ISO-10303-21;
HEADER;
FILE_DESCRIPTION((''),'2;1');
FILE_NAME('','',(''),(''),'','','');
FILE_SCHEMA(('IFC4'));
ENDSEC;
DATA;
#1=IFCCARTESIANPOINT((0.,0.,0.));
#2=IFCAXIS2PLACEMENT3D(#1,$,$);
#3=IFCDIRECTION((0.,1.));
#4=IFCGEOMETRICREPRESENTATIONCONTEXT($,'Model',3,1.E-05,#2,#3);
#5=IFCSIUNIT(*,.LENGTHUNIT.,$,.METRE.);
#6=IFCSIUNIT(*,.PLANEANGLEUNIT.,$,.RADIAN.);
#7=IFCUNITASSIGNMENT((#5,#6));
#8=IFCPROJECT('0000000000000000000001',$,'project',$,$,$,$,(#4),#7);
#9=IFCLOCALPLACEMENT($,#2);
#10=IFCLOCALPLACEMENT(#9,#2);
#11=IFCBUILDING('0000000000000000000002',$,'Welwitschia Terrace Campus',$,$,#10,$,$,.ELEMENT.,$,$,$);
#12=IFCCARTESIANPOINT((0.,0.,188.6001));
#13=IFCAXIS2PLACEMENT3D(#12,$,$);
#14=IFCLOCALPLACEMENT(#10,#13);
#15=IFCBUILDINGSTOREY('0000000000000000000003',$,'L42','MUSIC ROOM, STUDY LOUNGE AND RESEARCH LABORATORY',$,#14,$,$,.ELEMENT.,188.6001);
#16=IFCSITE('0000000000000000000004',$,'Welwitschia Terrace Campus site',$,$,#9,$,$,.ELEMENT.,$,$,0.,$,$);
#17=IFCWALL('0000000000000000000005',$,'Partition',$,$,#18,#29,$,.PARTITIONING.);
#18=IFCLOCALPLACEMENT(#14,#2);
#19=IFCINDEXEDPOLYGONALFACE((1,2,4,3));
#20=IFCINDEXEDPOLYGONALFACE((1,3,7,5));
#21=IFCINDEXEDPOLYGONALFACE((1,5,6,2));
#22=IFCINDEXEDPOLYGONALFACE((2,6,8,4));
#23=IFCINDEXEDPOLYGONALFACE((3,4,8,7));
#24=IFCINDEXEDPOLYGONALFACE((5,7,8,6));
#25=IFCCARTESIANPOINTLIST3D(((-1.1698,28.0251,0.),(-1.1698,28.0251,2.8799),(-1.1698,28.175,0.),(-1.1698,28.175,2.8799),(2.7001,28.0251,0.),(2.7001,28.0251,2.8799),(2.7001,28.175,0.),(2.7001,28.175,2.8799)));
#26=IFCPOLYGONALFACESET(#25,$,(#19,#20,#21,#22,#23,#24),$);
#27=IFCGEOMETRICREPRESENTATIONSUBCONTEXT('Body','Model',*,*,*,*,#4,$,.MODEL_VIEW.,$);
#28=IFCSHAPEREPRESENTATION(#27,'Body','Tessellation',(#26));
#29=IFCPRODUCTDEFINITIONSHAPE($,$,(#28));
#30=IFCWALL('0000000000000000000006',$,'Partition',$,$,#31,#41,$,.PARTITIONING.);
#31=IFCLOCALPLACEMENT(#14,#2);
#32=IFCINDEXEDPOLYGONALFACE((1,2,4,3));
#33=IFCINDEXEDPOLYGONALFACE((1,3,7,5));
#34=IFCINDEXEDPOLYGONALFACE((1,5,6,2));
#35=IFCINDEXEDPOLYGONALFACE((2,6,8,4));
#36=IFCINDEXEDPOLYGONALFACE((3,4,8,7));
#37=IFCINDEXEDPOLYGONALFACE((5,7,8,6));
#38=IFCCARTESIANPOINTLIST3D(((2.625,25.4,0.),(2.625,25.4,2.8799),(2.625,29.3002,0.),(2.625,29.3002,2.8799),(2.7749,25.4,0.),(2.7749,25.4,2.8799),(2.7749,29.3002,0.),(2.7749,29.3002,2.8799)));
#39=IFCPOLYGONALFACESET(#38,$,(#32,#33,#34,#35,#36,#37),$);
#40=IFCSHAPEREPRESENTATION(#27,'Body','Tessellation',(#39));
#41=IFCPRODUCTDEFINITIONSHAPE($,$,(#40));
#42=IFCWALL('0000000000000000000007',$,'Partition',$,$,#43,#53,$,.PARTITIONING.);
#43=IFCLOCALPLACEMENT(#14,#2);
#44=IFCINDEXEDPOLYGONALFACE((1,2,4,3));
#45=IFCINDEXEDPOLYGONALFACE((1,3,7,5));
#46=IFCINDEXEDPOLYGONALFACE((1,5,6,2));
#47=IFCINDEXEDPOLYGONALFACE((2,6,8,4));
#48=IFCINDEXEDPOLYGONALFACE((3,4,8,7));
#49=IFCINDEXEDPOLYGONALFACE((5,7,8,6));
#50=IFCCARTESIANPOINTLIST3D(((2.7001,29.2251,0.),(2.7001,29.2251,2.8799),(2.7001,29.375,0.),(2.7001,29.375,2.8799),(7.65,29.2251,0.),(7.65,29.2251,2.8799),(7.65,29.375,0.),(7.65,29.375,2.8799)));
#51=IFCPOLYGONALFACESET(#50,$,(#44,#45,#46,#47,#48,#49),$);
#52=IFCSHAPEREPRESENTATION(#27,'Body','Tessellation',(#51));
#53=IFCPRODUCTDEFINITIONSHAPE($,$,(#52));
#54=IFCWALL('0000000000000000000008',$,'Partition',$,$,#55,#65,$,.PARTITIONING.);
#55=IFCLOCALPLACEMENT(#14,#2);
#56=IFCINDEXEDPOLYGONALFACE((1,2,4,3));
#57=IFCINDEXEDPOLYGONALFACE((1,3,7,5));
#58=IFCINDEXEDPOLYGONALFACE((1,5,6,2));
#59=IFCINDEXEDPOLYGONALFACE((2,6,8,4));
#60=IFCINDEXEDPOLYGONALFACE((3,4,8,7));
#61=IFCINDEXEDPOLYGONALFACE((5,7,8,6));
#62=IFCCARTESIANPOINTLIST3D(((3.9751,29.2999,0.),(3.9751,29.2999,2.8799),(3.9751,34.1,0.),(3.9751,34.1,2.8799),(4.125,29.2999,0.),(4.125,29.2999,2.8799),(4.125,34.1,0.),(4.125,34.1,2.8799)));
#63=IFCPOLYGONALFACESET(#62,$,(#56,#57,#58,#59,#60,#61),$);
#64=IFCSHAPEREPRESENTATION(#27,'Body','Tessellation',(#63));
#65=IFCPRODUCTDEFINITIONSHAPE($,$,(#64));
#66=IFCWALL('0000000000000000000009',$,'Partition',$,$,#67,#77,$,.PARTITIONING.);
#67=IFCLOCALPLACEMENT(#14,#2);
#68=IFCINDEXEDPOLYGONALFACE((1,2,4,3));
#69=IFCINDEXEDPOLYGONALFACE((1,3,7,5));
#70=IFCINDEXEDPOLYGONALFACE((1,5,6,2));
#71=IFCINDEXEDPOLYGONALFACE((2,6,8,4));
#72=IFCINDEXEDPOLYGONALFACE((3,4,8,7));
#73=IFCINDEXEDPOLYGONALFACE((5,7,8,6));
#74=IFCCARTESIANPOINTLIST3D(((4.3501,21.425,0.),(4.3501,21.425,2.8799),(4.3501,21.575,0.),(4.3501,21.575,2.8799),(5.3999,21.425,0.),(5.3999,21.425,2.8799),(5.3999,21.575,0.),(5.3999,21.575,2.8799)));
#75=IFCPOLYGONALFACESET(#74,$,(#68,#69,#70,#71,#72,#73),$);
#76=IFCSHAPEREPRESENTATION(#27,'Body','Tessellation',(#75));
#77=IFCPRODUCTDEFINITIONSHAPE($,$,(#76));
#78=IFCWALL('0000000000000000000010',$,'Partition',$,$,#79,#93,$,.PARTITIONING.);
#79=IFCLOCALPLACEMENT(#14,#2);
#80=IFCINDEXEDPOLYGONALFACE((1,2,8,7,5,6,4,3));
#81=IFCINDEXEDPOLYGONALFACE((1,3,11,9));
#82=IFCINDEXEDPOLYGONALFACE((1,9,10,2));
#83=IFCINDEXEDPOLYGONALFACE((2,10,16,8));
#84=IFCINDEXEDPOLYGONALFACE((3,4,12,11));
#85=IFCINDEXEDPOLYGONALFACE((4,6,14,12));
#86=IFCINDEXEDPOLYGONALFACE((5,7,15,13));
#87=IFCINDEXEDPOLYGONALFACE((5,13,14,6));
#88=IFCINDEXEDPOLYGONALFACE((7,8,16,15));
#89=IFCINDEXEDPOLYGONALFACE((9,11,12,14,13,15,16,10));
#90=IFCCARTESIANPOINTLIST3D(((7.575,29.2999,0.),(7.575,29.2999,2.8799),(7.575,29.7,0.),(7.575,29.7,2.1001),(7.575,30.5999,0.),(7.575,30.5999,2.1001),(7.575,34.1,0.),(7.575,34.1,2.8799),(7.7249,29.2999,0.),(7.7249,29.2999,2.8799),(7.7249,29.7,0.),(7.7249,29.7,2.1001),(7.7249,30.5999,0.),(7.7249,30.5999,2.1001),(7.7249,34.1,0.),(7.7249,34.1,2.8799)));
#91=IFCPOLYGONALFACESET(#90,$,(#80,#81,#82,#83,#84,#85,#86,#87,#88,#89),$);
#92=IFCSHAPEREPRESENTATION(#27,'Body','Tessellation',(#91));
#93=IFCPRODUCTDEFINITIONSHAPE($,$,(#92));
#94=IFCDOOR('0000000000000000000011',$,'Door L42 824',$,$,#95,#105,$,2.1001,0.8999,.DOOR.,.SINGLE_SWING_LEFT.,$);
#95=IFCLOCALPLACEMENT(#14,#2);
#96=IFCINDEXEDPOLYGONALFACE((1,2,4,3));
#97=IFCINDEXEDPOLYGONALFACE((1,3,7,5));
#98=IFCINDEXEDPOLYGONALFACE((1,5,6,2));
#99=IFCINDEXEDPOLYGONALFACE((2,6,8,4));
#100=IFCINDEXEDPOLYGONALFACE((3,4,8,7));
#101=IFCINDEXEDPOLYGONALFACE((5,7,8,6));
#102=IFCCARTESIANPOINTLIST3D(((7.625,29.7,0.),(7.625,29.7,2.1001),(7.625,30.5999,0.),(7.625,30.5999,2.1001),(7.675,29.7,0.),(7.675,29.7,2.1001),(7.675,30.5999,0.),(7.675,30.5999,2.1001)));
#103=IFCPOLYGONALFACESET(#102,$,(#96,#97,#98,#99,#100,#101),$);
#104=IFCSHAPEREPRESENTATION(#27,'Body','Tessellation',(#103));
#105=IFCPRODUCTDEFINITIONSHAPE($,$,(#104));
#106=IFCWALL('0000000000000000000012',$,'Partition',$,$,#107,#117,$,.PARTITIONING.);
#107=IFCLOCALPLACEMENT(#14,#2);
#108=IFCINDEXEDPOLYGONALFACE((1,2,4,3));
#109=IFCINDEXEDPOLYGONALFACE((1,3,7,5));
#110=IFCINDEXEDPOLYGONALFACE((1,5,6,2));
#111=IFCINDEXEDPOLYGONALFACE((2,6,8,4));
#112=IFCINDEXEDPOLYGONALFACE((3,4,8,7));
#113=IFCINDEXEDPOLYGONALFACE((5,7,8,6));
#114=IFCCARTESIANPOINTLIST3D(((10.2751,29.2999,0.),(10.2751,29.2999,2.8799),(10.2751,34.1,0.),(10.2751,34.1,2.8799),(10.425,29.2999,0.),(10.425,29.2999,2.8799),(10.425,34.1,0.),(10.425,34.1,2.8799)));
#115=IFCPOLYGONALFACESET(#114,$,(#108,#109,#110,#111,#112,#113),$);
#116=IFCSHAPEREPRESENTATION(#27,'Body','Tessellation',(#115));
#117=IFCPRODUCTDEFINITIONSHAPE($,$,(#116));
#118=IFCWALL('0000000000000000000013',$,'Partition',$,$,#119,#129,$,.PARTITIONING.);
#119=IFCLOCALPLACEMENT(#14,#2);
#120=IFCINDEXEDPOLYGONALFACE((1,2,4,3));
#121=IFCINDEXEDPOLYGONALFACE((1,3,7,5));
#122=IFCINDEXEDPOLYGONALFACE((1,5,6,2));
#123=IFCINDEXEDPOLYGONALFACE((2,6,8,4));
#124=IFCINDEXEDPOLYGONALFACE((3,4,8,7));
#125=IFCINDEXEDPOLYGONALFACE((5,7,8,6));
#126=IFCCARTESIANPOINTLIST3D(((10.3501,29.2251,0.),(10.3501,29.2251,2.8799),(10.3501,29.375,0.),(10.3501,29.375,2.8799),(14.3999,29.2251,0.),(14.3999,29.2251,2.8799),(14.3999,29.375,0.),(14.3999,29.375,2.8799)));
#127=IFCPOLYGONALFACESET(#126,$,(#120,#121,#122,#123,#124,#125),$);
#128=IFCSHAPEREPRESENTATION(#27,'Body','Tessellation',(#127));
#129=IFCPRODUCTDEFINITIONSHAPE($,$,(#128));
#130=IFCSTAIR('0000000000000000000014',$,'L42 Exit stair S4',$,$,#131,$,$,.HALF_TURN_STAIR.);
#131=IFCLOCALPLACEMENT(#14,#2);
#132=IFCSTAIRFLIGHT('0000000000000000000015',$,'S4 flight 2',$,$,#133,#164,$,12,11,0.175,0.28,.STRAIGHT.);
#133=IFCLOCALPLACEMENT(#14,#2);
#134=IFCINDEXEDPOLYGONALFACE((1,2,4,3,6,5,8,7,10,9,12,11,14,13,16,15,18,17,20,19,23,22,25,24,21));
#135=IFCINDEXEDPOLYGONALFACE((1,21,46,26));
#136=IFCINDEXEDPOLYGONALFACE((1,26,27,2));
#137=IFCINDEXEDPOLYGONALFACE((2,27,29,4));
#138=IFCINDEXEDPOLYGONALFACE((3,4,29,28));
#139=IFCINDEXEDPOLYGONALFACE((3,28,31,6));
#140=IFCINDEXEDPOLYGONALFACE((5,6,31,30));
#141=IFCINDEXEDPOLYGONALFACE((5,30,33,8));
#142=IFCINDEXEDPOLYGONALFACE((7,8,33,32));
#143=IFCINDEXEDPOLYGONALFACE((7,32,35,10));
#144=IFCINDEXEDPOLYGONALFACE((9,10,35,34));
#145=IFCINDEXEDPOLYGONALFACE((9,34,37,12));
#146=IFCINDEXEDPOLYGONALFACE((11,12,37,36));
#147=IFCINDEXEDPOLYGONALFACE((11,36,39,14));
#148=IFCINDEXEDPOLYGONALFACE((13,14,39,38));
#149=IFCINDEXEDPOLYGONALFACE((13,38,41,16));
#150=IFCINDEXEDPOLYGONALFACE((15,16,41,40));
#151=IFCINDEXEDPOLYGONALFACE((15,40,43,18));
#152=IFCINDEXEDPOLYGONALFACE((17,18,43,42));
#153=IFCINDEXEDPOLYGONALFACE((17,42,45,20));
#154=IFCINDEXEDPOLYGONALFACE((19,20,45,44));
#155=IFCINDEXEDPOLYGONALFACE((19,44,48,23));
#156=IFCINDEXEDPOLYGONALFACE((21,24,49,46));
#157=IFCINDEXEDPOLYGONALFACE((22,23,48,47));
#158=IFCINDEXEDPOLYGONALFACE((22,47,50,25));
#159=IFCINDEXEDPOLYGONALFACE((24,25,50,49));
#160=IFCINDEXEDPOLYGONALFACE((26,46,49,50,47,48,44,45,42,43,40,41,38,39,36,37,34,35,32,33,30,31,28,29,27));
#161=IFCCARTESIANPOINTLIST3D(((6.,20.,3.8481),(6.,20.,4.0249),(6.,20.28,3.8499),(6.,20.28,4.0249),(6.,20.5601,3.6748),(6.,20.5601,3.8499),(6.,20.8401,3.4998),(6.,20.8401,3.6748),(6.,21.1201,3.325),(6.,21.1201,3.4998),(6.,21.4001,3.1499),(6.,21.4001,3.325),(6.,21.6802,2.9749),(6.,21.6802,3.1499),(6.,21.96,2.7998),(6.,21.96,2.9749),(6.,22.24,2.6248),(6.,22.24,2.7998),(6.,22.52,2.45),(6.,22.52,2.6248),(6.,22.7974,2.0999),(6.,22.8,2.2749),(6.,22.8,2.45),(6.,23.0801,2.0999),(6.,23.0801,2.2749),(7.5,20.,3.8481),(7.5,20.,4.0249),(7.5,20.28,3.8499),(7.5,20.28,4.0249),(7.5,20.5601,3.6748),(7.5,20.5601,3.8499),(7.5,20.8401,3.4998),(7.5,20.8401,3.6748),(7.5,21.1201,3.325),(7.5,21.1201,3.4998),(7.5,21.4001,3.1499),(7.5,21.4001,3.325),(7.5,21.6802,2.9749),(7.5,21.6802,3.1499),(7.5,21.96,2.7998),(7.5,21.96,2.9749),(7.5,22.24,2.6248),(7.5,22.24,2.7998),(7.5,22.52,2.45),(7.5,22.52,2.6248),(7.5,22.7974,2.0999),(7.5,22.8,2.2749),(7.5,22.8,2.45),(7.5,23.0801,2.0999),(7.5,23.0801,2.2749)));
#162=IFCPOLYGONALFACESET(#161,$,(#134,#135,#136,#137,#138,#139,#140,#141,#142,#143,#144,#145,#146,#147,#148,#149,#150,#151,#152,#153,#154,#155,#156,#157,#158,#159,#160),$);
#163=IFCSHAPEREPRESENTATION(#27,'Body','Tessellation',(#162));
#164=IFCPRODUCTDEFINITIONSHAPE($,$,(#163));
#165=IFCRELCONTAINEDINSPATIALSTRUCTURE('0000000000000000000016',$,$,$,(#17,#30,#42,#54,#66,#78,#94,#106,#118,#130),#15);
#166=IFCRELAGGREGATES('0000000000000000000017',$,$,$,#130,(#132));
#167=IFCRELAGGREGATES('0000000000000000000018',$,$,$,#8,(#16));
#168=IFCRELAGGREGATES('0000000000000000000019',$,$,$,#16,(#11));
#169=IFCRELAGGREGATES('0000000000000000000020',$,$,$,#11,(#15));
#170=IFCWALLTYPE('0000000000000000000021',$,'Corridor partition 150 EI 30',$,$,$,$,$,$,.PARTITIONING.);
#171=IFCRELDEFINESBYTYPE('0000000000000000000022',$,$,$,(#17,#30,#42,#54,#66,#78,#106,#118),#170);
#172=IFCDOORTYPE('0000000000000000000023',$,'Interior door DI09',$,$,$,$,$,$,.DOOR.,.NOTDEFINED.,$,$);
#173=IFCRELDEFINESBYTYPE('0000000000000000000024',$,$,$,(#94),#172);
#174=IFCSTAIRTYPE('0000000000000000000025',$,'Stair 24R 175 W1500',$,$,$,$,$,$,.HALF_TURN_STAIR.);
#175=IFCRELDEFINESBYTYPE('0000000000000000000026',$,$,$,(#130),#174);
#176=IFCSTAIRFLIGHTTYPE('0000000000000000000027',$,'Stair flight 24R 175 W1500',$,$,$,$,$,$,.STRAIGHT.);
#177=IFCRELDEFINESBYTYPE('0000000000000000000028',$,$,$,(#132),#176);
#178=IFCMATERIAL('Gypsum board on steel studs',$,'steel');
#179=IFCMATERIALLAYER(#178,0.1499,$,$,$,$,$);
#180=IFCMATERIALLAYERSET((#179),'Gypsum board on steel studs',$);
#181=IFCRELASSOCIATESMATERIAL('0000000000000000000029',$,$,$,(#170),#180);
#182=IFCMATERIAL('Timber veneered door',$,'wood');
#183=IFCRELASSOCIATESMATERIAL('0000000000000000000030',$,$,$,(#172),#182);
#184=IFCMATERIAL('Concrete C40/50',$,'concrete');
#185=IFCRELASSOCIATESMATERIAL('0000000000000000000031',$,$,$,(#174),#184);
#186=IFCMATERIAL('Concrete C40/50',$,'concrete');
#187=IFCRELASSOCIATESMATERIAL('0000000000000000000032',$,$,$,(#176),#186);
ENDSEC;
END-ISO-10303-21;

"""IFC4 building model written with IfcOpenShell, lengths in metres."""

from ifc_helpers import new_model, si_unit, direction, frame, frame_2d, origin, place, context, subcontext, project, spatial, polyline, rectangle, outline, extrude, material, layer, layer_set, type_object, element, fill, aggregate, save


model = new_model("IFC4")

# Units and contexts
model_context = context("Model", 3, precision=1e-05, world=origin(), true_north=direction((0.0, 1.0)))
body_context = subcontext(model_context, "Body", "Model", "MODEL_VIEW")
ifc_project = project(units=[si_unit("LENGTHUNIT", "METRE"), si_unit("PLANEANGLEUNIT", "RADIAN")], contexts=[model_context])

# Site, building, storey
site_placement = place(None, origin())
site = spatial("IfcSite", under=ifc_project, at=site_placement, Name="Welwitschia Terrace Campus site", CompositionType="ELEMENT", RefElevation=0.0)
building_placement = place(site_placement, origin())
building = spatial("IfcBuilding", under=site, at=building_placement, Name="Welwitschia Terrace Campus", CompositionType="ELEMENT")
storey_placement = place(building_placement, frame((0.0, 0.0, 188.6001)))
storey = spatial("IfcBuildingStorey", under=building, at=storey_placement, Name="L42", Description="MUSIC ROOM, STUDY LOUNGE AND RESEARCH LABORATORY", CompositionType="ELEMENT", Elevation=188.6001)

# Walls
ifc_material_1 = material(Name="Gypsum board on steel studs", Category="steel")
ifc_layer_1 = layer(ifc_material_1, 0.1499)
ifc_layer_set_1 = layer_set([ifc_layer_1], Name="Gypsum board on steel studs")
wall_type_1 = type_object("IfcWallType", Name="Corridor partition 150 EI 30", PredefinedType="PARTITIONING", material=ifc_layer_set_1)
wall_1_placement = place(storey_placement, frame((-1.1699, 28.1001, 0.0), z_axis=(0.0, 0.0, 1.0), x_axis=(1.0, 0.0, 0.0)))
element("IfcWall", 1, at=wall_1_placement, inside=storey, type_object=wall_type_1, Name="Partition", PredefinedType="PARTITIONING", context=body_context, shape_type="SweptSolid", body=[
    extrude(rectangle(XDim=3.8699, YDim=0.1499, at=frame_2d((1.9351, 0.0))), origin(), (0.0, 0.0, 1.0), 2.8799),
])
wall_2_placement = place(storey_placement, frame((2.7, 25.3999, 0.0), z_axis=(0.0, 0.0, 1.0), x_axis=(0.0, 1.0, 0.0)))
element("IfcWall", 2, at=wall_2_placement, inside=storey, type_object=wall_type_1, Name="Partition", PredefinedType="PARTITIONING", context=body_context, shape_type="SweptSolid", body=[
    extrude(rectangle(XDim=3.9001, YDim=0.1499, at=frame_2d((1.9502, 0.0))), origin(), (0.0, 0.0, 1.0), 2.8799),
])
wall_3_placement = place(storey_placement, frame((2.7, 29.3, 0.0), z_axis=(0.0, 0.0, 1.0), x_axis=(1.0, 0.0, 0.0)))
element("IfcWall", 3, at=wall_3_placement, inside=storey, type_object=wall_type_1, Name="Partition", PredefinedType="PARTITIONING", context=body_context, shape_type="SweptSolid", body=[
    extrude(rectangle(XDim=4.95, YDim=0.1499, at=frame_2d((2.4751, 0.0))), origin(), (0.0, 0.0, 1.0), 2.8799),
])
wall_4_placement = place(storey_placement, frame((4.05, 29.3, 0.0), z_axis=(0.0, 0.0, 1.0), x_axis=(0.0, 1.0, 0.0)))
element("IfcWall", 4, at=wall_4_placement, inside=storey, type_object=wall_type_1, Name="Partition", PredefinedType="PARTITIONING", context=body_context, shape_type="SweptSolid", body=[
    extrude(rectangle(XDim=4.8, YDim=0.1499, at=frame_2d((2.3999, 0.0))), origin(), (0.0, 0.0, 1.0), 2.8799),
])
wall_5_placement = place(storey_placement, frame((4.3501, 21.5, 0.0), z_axis=(0.0, 0.0, 1.0), x_axis=(1.0, 0.0, 0.0)))
element("IfcWall", 5, at=wall_5_placement, inside=storey, type_object=wall_type_1, Name="Partition", PredefinedType="PARTITIONING", context=body_context, shape_type="SweptSolid", body=[
    extrude(rectangle(XDim=1.0498, YDim=0.1499, at=frame_2d((0.5249, 0.0))), origin(), (0.0, 0.0, 1.0), 2.8799),
])

# Wall, opening, door
wall_6_placement = place(storey_placement, frame((7.6499, 29.3, 0.0), z_axis=(0.0, 0.0, 1.0), x_axis=(0.0, 1.0, 0.0)))
wall_6 = element("IfcWall", 6, at=wall_6_placement, inside=storey, type_object=wall_type_1, Name="Partition", PredefinedType="PARTITIONING", context=body_context, shape_type="SweptSolid", body=[
    extrude(rectangle(XDim=4.8, YDim=0.1499, at=frame_2d((2.3999, 0.0))), origin(), (0.0, 0.0, 1.0), 2.8799),
])
opening_placement = place(wall_6_placement, frame((0.3999, 0.0, 0.0)))
opening = element("IfcOpeningElement", 7, at=opening_placement, cuts=wall_6, PredefinedType="OPENING", context=body_context, shape_type="SweptSolid", body=[
    extrude(rectangle(XDim=0.8999, YDim=2.1001, at=frame_2d((0.45, 1.05))), frame((0.0, 0.085, 0.0), z_axis=(0.0, -1.0, 0.0), x_axis=(1.0, 0.0, 0.0)), (0.0, 0.0, 1.0), 0.1699),
])
ifc_material_2 = material(Name="Timber veneered door", Category="wood")
door_type = type_object("IfcDoorType", Name="Interior door DI09", OperationType="NOTDEFINED", PredefinedType="DOOR", material=ifc_material_2)
door_placement = place(opening_placement, origin())
door = element("IfcDoor", 8, at=door_placement, inside=storey, type_object=door_type, Name="Door L42 824", OperationType="SINGLE_SWING_LEFT", OverallHeight=2.1001, OverallWidth=0.8999, PredefinedType="DOOR", context=body_context, shape_type="SweptSolid", body=[
    extrude(rectangle(XDim=0.8999, YDim=2.1001, at=frame_2d((0.45, 1.05))), frame((0.0, 0.0249, 0.0), z_axis=(0.0, -1.0, 0.0), x_axis=(1.0, 0.0, 0.0)), (0.0, 0.0, 1.0), 0.05),
])
fill(opening, door)

# Walls
wall_7_placement = place(storey_placement, frame((10.3501, 29.3, 0.0), z_axis=(0.0, 0.0, 1.0), x_axis=(0.0, 1.0, 0.0)))
element("IfcWall", 9, at=wall_7_placement, inside=storey, type_object=wall_type_1, Name="Partition", PredefinedType="PARTITIONING", context=body_context, shape_type="SweptSolid", body=[
    extrude(rectangle(XDim=4.8, YDim=0.1499, at=frame_2d((2.3999, 0.0))), origin(), (0.0, 0.0, 1.0), 2.8799),
])
wall_8_placement = place(storey_placement, frame((10.3501, 29.3, 0.0), z_axis=(0.0, 0.0, 1.0), x_axis=(1.0, 0.0, 0.0)))
element("IfcWall", 10, at=wall_8_placement, inside=storey, type_object=wall_type_1, Name="Partition", PredefinedType="PARTITIONING", context=body_context, shape_type="SweptSolid", body=[
    extrude(rectangle(XDim=4.0498, YDim=0.1499, at=frame_2d((2.0249, 0.0))), origin(), (0.0, 0.0, 1.0), 2.8799),
])

# Stair, stair flight
ifc_material_3 = material(Name="Concrete C40/50", Category="concrete")
stair_type = type_object("IfcStairType", Name="Stair 24R 175 W1500", PredefinedType="HALF_TURN_STAIR", material=ifc_material_3)
stair_placement = place(storey_placement, origin())
stair = element("IfcStair", 11, at=stair_placement, inside=storey, type_object=stair_type, Name="L42 Exit stair S4", PredefinedType="HALF_TURN_STAIR")
ifc_material_4 = material(Name="Concrete C40/50", Category="concrete")
stair_flight_type = type_object("IfcStairFlightType", Name="Stair flight 24R 175 W1500", PredefinedType="STRAIGHT", material=ifc_material_4)
stair_flight_placement = place(storey_placement, frame((6.75, 23.0801, 2.0999), z_axis=(0.0, 0.0, 1.0), x_axis=(0.0, -1.0, 0.0)))
stair_flight = element("IfcStairFlight", 12, at=stair_flight_placement, type_object=stair_flight_type, Name="S4 flight 2", NumberOfRisers=12, NumberOfTreads=11, PredefinedType="STRAIGHT", RiserHeight=0.175, TreadLength=0.28, context=body_context, shape_type="SweptSolid", body=[
    extrude(outline(polyline([(0.0, 0.0), (0.0, 0.175), (0.28, 0.175), (0.28, 0.3501), (0.5601, 0.3501), (0.5601, 0.5249), (0.8401, 0.5249), (0.8401, 0.7), (1.1201, 0.7), (1.1201, 0.875), (1.3999, 0.875), (1.3999, 1.05), (1.6799, 1.05), (1.6799, 1.2251), (1.96, 1.2251), (1.96, 1.3999), (2.24, 1.3999), (2.24, 1.575), (2.52, 1.575), (2.52, 1.75), (2.8, 1.75), (2.8, 1.925), (3.0801, 1.925), (3.0801, 2.1001), (3.0801, 1.7483), (0.2827, 0.0), (0.0, 0.0)])), frame((0.0, 0.75, 0.0), z_axis=(0.0, -1.0, 0.0), x_axis=(1.0, 0.0, 0.0)), (0.0, 0.0, 1.0), 1.5),
])
aggregate(stair, [stair_flight])

save(model, "model.ifc")
